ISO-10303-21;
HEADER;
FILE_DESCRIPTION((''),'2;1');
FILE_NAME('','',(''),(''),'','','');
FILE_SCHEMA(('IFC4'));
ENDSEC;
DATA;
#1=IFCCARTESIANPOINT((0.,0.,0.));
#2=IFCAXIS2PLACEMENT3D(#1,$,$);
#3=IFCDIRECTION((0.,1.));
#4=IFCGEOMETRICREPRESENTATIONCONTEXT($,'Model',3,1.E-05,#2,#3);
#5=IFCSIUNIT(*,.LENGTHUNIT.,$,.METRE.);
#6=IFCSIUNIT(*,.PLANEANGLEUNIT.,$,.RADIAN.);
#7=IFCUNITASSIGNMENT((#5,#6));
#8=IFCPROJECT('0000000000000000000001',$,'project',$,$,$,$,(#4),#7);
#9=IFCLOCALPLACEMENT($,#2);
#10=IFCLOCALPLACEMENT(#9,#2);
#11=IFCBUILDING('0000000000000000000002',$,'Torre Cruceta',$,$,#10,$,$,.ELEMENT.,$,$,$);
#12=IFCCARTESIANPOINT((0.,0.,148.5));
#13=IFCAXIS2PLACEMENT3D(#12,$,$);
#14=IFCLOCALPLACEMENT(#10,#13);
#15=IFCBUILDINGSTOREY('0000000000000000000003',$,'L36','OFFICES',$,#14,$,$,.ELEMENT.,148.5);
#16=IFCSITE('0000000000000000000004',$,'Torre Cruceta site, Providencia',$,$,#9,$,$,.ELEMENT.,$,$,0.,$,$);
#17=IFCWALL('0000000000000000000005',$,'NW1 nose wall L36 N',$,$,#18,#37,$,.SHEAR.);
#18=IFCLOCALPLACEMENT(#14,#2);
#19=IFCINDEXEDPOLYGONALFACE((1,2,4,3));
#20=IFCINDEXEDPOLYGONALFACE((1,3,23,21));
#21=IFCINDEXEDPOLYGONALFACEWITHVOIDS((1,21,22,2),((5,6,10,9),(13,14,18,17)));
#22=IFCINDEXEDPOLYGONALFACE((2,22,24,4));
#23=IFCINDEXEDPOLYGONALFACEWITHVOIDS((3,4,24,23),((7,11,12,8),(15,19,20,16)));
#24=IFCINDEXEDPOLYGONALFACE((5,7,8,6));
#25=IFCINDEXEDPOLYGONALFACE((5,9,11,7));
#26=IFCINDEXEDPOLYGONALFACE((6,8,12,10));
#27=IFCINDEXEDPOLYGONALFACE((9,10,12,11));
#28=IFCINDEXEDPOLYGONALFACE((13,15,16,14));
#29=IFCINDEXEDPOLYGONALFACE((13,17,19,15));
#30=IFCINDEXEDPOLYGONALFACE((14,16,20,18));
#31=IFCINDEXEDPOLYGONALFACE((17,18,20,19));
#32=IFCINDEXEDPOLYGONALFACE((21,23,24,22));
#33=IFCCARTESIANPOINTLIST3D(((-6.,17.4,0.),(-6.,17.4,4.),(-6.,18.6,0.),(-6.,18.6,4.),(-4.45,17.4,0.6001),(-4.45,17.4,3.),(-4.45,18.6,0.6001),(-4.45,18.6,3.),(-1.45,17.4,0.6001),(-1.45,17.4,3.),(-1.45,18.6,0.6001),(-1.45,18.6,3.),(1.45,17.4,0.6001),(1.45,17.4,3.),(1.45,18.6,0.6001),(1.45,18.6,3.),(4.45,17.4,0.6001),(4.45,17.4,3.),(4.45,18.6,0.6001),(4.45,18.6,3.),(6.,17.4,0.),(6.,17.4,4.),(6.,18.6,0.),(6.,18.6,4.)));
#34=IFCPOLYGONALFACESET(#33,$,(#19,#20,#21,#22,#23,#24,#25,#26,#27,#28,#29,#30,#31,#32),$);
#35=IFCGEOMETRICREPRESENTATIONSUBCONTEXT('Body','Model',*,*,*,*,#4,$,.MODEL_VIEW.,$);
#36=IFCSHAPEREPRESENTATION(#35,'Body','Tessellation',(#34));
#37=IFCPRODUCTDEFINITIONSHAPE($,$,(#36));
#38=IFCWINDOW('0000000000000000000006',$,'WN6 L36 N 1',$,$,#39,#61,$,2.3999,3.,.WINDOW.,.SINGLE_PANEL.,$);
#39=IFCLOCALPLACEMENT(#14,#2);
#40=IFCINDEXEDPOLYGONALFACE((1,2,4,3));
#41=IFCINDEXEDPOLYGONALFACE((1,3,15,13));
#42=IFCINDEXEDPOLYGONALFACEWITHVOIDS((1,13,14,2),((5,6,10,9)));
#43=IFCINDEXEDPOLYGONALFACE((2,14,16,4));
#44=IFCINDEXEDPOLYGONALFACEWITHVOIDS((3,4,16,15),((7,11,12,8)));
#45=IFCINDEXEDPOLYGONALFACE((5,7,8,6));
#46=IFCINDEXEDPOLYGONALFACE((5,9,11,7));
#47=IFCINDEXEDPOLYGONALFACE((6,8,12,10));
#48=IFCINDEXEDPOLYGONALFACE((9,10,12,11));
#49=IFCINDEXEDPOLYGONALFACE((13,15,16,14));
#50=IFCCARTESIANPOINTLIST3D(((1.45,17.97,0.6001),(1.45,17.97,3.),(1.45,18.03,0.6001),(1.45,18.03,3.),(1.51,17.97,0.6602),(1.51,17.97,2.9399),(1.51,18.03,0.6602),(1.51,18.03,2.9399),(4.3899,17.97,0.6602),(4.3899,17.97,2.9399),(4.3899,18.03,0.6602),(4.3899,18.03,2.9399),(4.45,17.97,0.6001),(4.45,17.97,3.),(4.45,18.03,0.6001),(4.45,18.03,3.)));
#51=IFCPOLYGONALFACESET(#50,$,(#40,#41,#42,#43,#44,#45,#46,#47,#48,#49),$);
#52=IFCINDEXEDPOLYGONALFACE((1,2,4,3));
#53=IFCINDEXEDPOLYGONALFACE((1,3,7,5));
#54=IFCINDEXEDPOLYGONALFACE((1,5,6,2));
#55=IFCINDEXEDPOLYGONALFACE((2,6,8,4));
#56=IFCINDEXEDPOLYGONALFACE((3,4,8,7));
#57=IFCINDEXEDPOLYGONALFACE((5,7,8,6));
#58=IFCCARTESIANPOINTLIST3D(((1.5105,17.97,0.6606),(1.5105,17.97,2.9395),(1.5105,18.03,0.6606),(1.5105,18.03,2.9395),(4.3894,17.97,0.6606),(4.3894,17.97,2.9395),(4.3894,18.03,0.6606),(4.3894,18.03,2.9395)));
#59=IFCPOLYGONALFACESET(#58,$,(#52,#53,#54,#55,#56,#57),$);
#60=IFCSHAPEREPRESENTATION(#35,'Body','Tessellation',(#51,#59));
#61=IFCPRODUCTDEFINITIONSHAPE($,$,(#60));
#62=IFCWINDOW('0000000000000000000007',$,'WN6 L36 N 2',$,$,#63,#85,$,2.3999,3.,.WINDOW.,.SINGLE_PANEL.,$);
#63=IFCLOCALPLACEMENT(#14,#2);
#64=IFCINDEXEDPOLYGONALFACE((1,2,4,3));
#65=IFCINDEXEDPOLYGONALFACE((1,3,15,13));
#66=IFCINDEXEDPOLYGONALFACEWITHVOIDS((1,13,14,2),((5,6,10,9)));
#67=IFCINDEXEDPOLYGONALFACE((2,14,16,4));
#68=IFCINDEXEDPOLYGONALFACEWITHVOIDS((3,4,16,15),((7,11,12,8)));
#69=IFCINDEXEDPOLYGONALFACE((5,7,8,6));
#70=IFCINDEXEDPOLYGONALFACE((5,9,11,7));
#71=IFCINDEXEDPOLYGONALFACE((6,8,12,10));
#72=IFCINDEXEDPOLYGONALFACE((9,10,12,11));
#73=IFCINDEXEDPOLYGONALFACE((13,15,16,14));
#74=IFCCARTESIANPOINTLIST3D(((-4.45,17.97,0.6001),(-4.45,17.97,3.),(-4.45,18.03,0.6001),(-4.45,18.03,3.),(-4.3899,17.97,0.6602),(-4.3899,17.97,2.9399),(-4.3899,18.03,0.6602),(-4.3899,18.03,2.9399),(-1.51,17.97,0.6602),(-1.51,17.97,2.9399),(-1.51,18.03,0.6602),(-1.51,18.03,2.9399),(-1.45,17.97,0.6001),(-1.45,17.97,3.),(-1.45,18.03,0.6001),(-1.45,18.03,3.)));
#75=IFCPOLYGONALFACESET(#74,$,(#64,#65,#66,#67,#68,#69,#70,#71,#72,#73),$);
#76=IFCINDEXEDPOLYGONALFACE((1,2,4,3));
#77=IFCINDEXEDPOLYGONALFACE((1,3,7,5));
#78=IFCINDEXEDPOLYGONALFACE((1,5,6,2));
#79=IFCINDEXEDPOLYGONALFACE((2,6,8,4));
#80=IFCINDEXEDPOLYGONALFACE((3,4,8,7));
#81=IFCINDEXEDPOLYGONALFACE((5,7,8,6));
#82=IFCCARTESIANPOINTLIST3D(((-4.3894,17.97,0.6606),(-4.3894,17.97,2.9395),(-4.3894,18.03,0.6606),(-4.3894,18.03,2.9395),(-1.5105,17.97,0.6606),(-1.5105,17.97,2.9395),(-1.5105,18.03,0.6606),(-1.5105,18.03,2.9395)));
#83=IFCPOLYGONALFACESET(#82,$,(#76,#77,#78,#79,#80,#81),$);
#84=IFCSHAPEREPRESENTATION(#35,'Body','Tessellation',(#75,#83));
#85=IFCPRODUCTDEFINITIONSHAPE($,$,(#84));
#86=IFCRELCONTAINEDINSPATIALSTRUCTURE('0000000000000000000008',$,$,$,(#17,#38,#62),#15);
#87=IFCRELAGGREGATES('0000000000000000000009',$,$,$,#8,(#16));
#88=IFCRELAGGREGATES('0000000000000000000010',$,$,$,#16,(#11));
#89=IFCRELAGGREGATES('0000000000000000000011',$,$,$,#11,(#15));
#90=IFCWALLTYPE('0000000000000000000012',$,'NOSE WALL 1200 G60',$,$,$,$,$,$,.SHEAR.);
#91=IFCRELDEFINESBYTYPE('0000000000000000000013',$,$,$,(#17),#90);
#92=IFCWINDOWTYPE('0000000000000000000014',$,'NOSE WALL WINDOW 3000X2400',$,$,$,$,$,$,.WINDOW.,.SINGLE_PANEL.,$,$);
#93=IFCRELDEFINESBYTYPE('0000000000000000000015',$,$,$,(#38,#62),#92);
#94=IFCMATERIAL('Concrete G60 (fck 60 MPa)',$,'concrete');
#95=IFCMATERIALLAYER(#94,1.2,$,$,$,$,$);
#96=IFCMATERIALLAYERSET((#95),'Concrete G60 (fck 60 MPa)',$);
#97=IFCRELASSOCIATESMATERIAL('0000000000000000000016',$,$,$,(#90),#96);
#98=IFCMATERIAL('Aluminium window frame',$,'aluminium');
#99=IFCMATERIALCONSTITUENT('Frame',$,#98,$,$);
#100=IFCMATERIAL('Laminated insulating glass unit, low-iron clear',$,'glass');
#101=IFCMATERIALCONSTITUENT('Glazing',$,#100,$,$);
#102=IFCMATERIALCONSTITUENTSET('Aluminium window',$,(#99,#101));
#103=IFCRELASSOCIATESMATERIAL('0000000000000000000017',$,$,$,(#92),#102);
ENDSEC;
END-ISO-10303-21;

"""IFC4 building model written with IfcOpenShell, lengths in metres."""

from ifc_helpers import new_model, si_unit, direction, frame, frame_2d, origin, place, context, subcontext, project, spatial, rectangle, hollow_rectangle, extrude, material, layer, layer_set, constituent, constituent_set, type_object, element, fill, save


model = new_model("IFC4")

# Units and contexts
model_context = context("Model", 3, precision=1e-05, world=origin(), true_north=direction((0.0, 1.0)))
body_context = subcontext(model_context, "Body", "Model", "MODEL_VIEW")
ifc_project = project(units=[si_unit("LENGTHUNIT", "METRE"), si_unit("PLANEANGLEUNIT", "RADIAN")], contexts=[model_context])

# Site, building, storey
site_placement = place(None, origin())
site = spatial("IfcSite", under=ifc_project, at=site_placement, Name="Torre Cruceta site, Providencia", CompositionType="ELEMENT", RefElevation=0.0)
building_placement = place(site_placement, origin())
building = spatial("IfcBuilding", under=site, at=building_placement, Name="Torre Cruceta", CompositionType="ELEMENT")
storey_placement = place(building_placement, frame((0.0, 0.0, 148.5)))
storey = spatial("IfcBuildingStorey", under=building, at=storey_placement, Name="L36", Description="OFFICES", CompositionType="ELEMENT", Elevation=148.5)

# Wall, openings, windows
ifc_material_1 = material(Name="Concrete G60 (fck 60 MPa)", Category="concrete")
ifc_layer_1 = layer(ifc_material_1, 1.2)
ifc_layer_set_1 = layer_set([ifc_layer_1], Name="Concrete G60 (fck 60 MPa)")
wall_type = type_object("IfcWallType", Name="NOSE WALL 1200 G60", PredefinedType="SHEAR", material=ifc_layer_set_1)
wall_placement = place(storey_placement, frame((6.0, 18.0, 0.0), z_axis=(0.0, 0.0, 1.0), x_axis=(-1.0, 0.0, 0.0)))
wall = element("IfcWall", 1, at=wall_placement, inside=storey, type_object=wall_type, Name="NW1 nose wall L36 N", PredefinedType="SHEAR", context=body_context, shape_type="SweptSolid", body=[
    extrude(rectangle(XDim=12.0, YDim=1.2, at=frame_2d((6.0, 0.0))), origin(), (0.0, 0.0, 1.0), 4.0),
])
opening_1_placement = place(wall_placement, frame((1.55, 0.0, 0.6001)))
opening_1 = element("IfcOpeningElement", 2, at=opening_1_placement, cuts=wall, PredefinedType="OPENING", context=body_context, shape_type="SweptSolid", body=[
    extrude(rectangle(XDim=3.0, YDim=2.3999, at=frame_2d((1.5, 1.2))), frame((0.0, 0.6099, 0.0), z_axis=(0.0, -1.0, 0.0), x_axis=(1.0, 0.0, 0.0)), (0.0, 0.0, 1.0), 1.22),
])
opening_2_placement = place(wall_placement, frame((7.45, 0.0, 0.6001)))
opening_2 = element("IfcOpeningElement", 3, at=opening_2_placement, cuts=wall, PredefinedType="OPENING", context=body_context, shape_type="SweptSolid", body=[
    extrude(rectangle(XDim=3.0, YDim=2.3999, at=frame_2d((1.5, 1.2))), frame((0.0, 0.6099, 0.0), z_axis=(0.0, -1.0, 0.0), x_axis=(1.0, 0.0, 0.0)), (0.0, 0.0, 1.0), 1.22),
])
ifc_material_2 = material(Name="Aluminium window frame", Category="aluminium")
ifc_constituent_1 = constituent(ifc_material_2, Name="Frame")
ifc_material_3 = material(Name="Laminated insulating glass unit, low-iron clear", Category="glass")
ifc_constituent_2 = constituent(ifc_material_3, Name="Glazing")
ifc_constituent_set = constituent_set(constituents=[ifc_constituent_1, ifc_constituent_2], Name="Aluminium window")
window_type = type_object("IfcWindowType", Name="NOSE WALL WINDOW 3000X2400", PartitioningType="SINGLE_PANEL", PredefinedType="WINDOW", material=ifc_constituent_set)
window_1_placement = place(opening_1_placement, origin())
window_1 = element("IfcWindow", 4, at=window_1_placement, inside=storey, type_object=window_type, Name="WN6 L36 N 1", OverallHeight=2.3999, OverallWidth=3.0, PartitioningType="SINGLE_PANEL", PredefinedType="WINDOW", context=body_context, shape_type="SweptSolid", body=[
    extrude(hollow_rectangle(XDim=3.0, YDim=2.3999, WallThickness=0.0601, at=frame_2d((1.5, 1.2))), frame((0.0, 0.03, 0.0), z_axis=(0.0, -1.0, 0.0), x_axis=(1.0, 0.0, 0.0)), (0.0, 0.0, 1.0), 0.0601),
    extrude(rectangle(XDim=2.8789, YDim=2.2788, at=frame_2d((1.5, 1.2))), frame((0.0, 0.03, 0.0), z_axis=(0.0, -1.0, 0.0), x_axis=(1.0, 0.0, 0.0)), (0.0, 0.0, 1.0), 0.0601),
])
fill(opening_1, window_1)
window_2_placement = place(opening_2_placement, origin())
window_2 = element("IfcWindow", 5, at=window_2_placement, inside=storey, type_object=window_type, Name="WN6 L36 N 2", OverallHeight=2.3999, OverallWidth=3.0, PartitioningType="SINGLE_PANEL", PredefinedType="WINDOW", context=body_context, shape_type="SweptSolid", body=[
    extrude(hollow_rectangle(XDim=3.0, YDim=2.3999, WallThickness=0.0601, at=frame_2d((1.5, 1.2))), frame((0.0, 0.03, 0.0), z_axis=(0.0, -1.0, 0.0), x_axis=(1.0, 0.0, 0.0)), (0.0, 0.0, 1.0), 0.0601),
    extrude(rectangle(XDim=2.8789, YDim=2.2788, at=frame_2d((1.5, 1.2))), frame((0.0, 0.03, 0.0), z_axis=(0.0, -1.0, 0.0), x_axis=(1.0, 0.0, 0.0)), (0.0, 0.0, 1.0), 0.0601),
])
fill(opening_2, window_2)

save(model, "model.ifc")
